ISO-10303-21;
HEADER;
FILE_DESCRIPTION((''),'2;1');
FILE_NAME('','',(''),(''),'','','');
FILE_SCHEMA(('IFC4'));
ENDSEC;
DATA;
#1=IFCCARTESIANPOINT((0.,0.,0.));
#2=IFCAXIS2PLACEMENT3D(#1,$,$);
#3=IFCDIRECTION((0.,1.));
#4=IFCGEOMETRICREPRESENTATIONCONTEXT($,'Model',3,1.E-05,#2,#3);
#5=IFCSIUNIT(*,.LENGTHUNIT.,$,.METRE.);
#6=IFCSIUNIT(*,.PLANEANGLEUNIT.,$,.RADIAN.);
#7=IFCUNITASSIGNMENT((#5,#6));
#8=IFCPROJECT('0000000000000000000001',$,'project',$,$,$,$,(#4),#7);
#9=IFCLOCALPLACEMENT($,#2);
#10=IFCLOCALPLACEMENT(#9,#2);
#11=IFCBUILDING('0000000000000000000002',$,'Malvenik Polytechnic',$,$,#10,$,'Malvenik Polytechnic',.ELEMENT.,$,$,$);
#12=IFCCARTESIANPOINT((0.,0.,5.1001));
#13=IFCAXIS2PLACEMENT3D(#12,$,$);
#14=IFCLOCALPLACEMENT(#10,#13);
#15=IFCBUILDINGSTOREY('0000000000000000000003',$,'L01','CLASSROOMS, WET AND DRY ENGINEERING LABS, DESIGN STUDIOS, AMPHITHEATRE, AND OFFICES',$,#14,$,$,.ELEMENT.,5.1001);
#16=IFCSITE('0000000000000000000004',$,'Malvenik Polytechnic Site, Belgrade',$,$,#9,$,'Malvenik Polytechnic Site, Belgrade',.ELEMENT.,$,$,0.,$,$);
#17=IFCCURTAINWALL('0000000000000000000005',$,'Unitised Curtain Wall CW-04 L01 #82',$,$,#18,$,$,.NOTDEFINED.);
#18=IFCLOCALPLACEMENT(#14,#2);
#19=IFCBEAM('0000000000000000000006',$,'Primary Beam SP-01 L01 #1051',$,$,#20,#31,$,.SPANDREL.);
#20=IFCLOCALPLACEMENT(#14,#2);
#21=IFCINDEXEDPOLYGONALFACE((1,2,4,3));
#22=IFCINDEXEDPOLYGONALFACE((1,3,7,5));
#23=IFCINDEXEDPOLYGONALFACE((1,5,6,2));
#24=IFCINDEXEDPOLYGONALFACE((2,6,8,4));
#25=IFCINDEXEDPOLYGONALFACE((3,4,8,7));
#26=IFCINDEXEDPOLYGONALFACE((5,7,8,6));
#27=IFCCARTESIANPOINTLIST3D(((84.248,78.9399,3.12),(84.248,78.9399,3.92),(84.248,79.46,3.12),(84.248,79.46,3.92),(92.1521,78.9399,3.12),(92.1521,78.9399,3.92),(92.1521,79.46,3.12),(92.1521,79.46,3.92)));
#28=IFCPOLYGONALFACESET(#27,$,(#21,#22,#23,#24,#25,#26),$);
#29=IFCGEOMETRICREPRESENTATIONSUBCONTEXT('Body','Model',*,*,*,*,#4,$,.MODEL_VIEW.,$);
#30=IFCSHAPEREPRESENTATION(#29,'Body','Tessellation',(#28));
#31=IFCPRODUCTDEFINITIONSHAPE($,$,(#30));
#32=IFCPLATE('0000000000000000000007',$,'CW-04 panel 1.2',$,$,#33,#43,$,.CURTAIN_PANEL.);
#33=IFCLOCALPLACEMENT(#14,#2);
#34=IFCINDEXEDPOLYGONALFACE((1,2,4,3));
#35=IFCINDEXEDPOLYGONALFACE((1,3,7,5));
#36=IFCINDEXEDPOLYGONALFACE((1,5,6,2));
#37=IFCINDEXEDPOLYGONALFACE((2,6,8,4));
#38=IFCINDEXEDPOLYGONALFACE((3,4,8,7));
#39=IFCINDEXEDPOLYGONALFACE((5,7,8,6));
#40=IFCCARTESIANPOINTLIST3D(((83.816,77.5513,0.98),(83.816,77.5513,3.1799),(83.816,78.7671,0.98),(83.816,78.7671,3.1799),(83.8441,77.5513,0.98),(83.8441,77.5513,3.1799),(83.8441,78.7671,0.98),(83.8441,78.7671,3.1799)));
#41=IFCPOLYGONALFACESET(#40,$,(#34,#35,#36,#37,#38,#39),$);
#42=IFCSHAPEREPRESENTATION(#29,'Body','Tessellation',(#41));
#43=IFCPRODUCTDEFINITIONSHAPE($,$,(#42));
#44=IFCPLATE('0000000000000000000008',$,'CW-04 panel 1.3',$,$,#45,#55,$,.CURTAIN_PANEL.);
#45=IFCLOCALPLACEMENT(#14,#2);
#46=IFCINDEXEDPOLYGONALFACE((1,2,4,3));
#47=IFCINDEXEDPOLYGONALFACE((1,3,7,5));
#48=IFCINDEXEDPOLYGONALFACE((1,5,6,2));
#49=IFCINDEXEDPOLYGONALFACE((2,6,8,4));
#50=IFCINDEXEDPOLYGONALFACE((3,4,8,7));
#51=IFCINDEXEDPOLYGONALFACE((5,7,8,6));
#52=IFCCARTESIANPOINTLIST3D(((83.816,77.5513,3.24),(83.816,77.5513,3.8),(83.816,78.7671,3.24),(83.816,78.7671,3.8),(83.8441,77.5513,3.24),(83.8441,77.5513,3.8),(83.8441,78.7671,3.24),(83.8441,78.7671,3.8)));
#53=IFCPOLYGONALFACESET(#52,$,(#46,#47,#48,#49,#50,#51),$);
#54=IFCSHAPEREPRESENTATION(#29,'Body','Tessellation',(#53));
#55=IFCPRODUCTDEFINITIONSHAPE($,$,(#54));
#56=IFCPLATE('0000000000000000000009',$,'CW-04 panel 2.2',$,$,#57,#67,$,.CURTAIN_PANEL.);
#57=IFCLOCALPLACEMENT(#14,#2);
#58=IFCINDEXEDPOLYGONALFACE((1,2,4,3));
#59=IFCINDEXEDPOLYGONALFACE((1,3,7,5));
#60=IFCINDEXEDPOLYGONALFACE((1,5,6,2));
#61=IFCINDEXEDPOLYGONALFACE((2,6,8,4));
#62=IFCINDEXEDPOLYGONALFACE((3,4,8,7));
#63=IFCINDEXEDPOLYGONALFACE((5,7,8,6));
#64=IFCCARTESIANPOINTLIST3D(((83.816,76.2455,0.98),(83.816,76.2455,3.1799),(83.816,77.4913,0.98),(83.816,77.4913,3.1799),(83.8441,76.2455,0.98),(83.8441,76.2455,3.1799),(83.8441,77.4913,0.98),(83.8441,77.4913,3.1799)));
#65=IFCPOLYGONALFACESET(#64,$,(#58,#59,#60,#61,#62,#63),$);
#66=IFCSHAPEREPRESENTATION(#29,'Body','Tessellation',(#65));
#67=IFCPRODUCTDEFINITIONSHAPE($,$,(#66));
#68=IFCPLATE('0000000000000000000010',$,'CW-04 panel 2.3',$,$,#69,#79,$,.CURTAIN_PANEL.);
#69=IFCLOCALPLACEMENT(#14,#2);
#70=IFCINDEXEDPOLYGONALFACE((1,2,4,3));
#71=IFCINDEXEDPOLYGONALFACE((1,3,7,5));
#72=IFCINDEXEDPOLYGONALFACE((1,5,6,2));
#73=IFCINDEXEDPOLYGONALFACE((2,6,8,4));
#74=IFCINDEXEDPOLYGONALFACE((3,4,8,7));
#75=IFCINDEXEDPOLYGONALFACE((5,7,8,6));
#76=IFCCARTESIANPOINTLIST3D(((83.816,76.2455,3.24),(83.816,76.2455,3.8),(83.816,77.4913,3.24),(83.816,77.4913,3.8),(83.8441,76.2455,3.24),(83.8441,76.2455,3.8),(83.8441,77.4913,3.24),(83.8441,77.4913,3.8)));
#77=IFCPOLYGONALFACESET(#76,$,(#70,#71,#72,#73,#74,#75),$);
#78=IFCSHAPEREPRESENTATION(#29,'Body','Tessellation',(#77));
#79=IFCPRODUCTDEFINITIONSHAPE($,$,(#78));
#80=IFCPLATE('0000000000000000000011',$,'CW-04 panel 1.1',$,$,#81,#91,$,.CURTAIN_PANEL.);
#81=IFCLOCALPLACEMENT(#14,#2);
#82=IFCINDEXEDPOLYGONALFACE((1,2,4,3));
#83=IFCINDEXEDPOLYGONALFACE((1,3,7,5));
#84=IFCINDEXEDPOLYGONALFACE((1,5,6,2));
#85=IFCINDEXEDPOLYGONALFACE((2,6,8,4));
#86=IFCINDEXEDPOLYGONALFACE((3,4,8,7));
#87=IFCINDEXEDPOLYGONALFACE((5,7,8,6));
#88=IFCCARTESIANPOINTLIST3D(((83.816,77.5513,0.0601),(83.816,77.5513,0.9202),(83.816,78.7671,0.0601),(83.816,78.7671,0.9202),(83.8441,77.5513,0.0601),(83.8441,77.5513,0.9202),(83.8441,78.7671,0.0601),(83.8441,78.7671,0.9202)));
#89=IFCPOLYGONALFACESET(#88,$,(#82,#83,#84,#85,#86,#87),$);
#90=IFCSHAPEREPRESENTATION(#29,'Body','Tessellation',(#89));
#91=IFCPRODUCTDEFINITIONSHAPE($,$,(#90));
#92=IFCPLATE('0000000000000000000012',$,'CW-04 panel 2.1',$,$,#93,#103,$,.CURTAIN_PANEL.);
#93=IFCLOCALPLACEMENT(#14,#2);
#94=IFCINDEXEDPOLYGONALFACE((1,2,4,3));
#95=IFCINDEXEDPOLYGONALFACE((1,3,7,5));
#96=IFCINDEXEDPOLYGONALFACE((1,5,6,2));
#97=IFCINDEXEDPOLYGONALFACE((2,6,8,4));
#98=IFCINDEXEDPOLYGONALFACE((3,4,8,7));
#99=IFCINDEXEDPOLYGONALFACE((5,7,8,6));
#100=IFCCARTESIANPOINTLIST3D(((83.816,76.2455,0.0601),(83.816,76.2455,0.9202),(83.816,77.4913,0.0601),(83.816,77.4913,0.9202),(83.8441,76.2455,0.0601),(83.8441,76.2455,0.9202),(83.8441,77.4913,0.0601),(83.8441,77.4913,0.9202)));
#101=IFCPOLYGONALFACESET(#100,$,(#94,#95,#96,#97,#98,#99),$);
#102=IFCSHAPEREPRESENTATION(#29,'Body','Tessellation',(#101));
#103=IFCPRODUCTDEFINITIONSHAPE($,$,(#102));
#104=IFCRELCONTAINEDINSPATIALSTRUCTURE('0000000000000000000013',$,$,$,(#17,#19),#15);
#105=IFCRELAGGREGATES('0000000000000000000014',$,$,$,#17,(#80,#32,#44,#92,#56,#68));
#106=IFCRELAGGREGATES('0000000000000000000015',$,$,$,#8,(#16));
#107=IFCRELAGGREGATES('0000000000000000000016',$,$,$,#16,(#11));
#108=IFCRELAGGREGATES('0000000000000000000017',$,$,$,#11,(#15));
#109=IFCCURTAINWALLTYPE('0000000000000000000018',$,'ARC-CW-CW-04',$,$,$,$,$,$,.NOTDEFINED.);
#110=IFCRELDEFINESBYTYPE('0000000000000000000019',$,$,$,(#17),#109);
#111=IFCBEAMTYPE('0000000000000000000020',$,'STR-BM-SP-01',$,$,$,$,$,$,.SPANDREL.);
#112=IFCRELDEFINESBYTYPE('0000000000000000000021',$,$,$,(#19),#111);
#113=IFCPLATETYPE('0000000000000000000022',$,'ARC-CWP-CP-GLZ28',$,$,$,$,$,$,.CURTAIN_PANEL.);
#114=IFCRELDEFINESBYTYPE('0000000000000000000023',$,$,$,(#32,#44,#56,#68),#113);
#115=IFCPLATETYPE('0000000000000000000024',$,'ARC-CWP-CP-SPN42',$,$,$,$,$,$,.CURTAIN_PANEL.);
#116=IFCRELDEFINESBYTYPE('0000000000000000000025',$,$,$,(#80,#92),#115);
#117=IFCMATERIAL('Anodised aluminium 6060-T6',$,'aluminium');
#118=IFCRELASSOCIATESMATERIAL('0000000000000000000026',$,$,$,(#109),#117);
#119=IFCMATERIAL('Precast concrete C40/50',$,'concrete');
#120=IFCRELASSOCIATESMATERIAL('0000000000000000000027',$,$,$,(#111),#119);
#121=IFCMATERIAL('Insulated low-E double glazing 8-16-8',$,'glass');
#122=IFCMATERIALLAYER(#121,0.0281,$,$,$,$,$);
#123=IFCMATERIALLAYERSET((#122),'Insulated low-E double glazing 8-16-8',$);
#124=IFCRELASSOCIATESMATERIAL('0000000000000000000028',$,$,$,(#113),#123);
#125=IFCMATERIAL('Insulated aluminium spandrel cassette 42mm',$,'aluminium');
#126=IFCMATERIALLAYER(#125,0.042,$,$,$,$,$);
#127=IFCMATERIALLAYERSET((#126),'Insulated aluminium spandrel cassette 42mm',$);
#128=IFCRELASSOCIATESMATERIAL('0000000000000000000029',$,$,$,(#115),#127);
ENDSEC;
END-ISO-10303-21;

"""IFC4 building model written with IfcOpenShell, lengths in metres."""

from ifc_helpers import new_model, si_unit, direction, frame, origin, origin_2d, place, context, subcontext, project, spatial, rectangle, extrude, material, layer, layer_set, material_profile, profile_set, type_object, element, aggregate, save


model = new_model("IFC4")

# Units and contexts
model_context = context("Model", 3, precision=1e-05, world=origin(), true_north=direction((0.0, 1.0)))
body_context = subcontext(model_context, "Body", "Model", "MODEL_VIEW")
ifc_project = project(units=[si_unit("LENGTHUNIT", "METRE"), si_unit("PLANEANGLEUNIT", "RADIAN")], contexts=[model_context])

# Site, building, storey
site_placement = place(None, origin())
site = spatial("IfcSite", under=ifc_project, at=site_placement, Name="Malvenik Polytechnic Site, Belgrade", LongName="Malvenik Polytechnic Site, Belgrade", CompositionType="ELEMENT", RefElevation=0.0)
building_placement = place(site_placement, origin())
building = spatial("IfcBuilding", under=site, at=building_placement, Name="Malvenik Polytechnic", LongName="Malvenik Polytechnic", CompositionType="ELEMENT")
storey_placement = place(building_placement, frame((0.0, 0.0, 5.1001)))
storey = spatial("IfcBuildingStorey", under=building, at=storey_placement, Name="L01", Description="CLASSROOMS, WET AND DRY ENGINEERING LABS, DESIGN STUDIOS, AMPHITHEATRE, AND OFFICES", CompositionType="ELEMENT", Elevation=5.1001)

# Curtain wall
ifc_material_1 = material(Name="Anodised aluminium 6060-T6", Category="aluminium")
curtain_wall_type = type_object("IfcCurtainWallType", Name="ARC-CW-CW-04", PredefinedType="NOTDEFINED", material=ifc_material_1)
curtain_wall_placement = place(storey_placement, origin())
curtain_wall = element("IfcCurtainWall", 1, at=curtain_wall_placement, inside=storey, type_object=curtain_wall_type, Name="Unitised Curtain Wall CW-04 L01 #82", PredefinedType="NOTDEFINED")

# Beam
ifc_material_2 = material(Name="Precast concrete C40/50", Category="concrete")
ifc_material_profile_1 = material_profile(ifc_material_2, rectangle(XDim=0.52, YDim=0.8, at=origin_2d()), Name="PC SPN 520x800")
ifc_profile_set_1 = profile_set([ifc_material_profile_1], Name="Precast concrete C40/50")
beam_type = type_object("IfcBeamType", Name="STR-BM-SP-01", PredefinedType="SPANDREL", material=ifc_profile_set_1)
beam_placement = place(storey_placement, frame((84.248, 79.2, 3.52), z_axis=(1.0, 0.0, 0.0), x_axis=(0.0, 1.0, 0.0)))
element("IfcBeam", 2, at=beam_placement, inside=storey, type_object=beam_type, Name="Primary Beam SP-01 L01 #1051", PredefinedType="SPANDREL", context=body_context, shape_type="SweptSolid", body=[
    extrude(rectangle(XDim=0.52, YDim=0.8, at=origin_2d()), origin(), (0.0, 0.0, 1.0), 7.9041),
])

# Plates
ifc_material_3 = material(Name="Insulated low-E double glazing 8-16-8", Category="glass")
ifc_layer_1 = layer(ifc_material_3, 0.0281)
ifc_layer_set_1 = layer_set([ifc_layer_1], Name="Insulated low-E double glazing 8-16-8")
plate_type_1 = type_object("IfcPlateType", Name="ARC-CWP-CP-GLZ28", PredefinedType="CURTAIN_PANEL", material=ifc_layer_set_1)
plate_1_placement = place(storey_placement, frame((83.8301, 78.1592, 0.98), z_axis=(0.0, 0.0, 1.0), x_axis=(0.0, -1.0, 0.0)))
plate_1 = element("IfcPlate", 3, at=plate_1_placement, type_object=plate_type_1, Name="CW-04 panel 1.2", PredefinedType="CURTAIN_PANEL", context=body_context, shape_type="SweptSolid", body=[
    extrude(rectangle(XDim=1.2158, YDim=0.0281, at=origin_2d()), origin(), (0.0, 0.0, 1.0), 2.2),
])
plate_2_placement = place(storey_placement, frame((83.8301, 78.1592, 3.24), z_axis=(0.0, 0.0, 1.0), x_axis=(0.0, -1.0, 0.0)))
plate_2 = element("IfcPlate", 4, at=plate_2_placement, type_object=plate_type_1, Name="CW-04 panel 1.3", PredefinedType="CURTAIN_PANEL", context=body_context, shape_type="SweptSolid", body=[
    extrude(rectangle(XDim=1.2158, YDim=0.0281, at=origin_2d()), origin(), (0.0, 0.0, 1.0), 0.5601),
])
plate_3_placement = place(storey_placement, frame((83.8301, 76.8684, 0.98), z_axis=(0.0, 0.0, 1.0), x_axis=(0.0, -1.0, 0.0)))
plate_3 = element("IfcPlate", 5, at=plate_3_placement, type_object=plate_type_1, Name="CW-04 panel 2.2", PredefinedType="CURTAIN_PANEL", context=body_context, shape_type="SweptSolid", body=[
    extrude(rectangle(XDim=1.2458, YDim=0.0281, at=origin_2d()), origin(), (0.0, 0.0, 1.0), 2.2),
])
plate_4_placement = place(storey_placement, frame((83.8301, 76.8684, 3.24), z_axis=(0.0, 0.0, 1.0), x_axis=(0.0, -1.0, 0.0)))
plate_4 = element("IfcPlate", 6, at=plate_4_placement, type_object=plate_type_1, Name="CW-04 panel 2.3", PredefinedType="CURTAIN_PANEL", context=body_context, shape_type="SweptSolid", body=[
    extrude(rectangle(XDim=1.2458, YDim=0.0281, at=origin_2d()), origin(), (0.0, 0.0, 1.0), 0.5601),
])
ifc_material_4 = material(Name="Insulated aluminium spandrel cassette 42mm", Category="aluminium")
ifc_layer_2 = layer(ifc_material_4, 0.042)
ifc_layer_set_2 = layer_set([ifc_layer_2], Name="Insulated aluminium spandrel cassette 42mm")
plate_type_2 = type_object("IfcPlateType", Name="ARC-CWP-CP-SPN42", PredefinedType="CURTAIN_PANEL", material=ifc_layer_set_2)
plate_5_placement = place(storey_placement, frame((83.8301, 78.1592, 0.0601), z_axis=(0.0, 0.0, 1.0), x_axis=(0.0, -1.0, 0.0)))
plate_5 = element("IfcPlate", 7, at=plate_5_placement, type_object=plate_type_2, Name="CW-04 panel 1.1", PredefinedType="CURTAIN_PANEL", context=body_context, shape_type="SweptSolid", body=[
    extrude(rectangle(XDim=1.2158, YDim=0.0281, at=origin_2d()), origin(), (0.0, 0.0, 1.0), 0.8601),
])
plate_6_placement = place(storey_placement, frame((83.8301, 76.8684, 0.0601), z_axis=(0.0, 0.0, 1.0), x_axis=(0.0, -1.0, 0.0)))
plate_6 = element("IfcPlate", 8, at=plate_6_placement, type_object=plate_type_2, Name="CW-04 panel 2.1", PredefinedType="CURTAIN_PANEL", context=body_context, shape_type="SweptSolid", body=[
    extrude(rectangle(XDim=1.2458, YDim=0.0281, at=origin_2d()), origin(), (0.0, 0.0, 1.0), 0.8601),
])
aggregate(curtain_wall, [plate_5, plate_1, plate_2, plate_6, plate_3, plate_4])

save(model, "model.ifc")
